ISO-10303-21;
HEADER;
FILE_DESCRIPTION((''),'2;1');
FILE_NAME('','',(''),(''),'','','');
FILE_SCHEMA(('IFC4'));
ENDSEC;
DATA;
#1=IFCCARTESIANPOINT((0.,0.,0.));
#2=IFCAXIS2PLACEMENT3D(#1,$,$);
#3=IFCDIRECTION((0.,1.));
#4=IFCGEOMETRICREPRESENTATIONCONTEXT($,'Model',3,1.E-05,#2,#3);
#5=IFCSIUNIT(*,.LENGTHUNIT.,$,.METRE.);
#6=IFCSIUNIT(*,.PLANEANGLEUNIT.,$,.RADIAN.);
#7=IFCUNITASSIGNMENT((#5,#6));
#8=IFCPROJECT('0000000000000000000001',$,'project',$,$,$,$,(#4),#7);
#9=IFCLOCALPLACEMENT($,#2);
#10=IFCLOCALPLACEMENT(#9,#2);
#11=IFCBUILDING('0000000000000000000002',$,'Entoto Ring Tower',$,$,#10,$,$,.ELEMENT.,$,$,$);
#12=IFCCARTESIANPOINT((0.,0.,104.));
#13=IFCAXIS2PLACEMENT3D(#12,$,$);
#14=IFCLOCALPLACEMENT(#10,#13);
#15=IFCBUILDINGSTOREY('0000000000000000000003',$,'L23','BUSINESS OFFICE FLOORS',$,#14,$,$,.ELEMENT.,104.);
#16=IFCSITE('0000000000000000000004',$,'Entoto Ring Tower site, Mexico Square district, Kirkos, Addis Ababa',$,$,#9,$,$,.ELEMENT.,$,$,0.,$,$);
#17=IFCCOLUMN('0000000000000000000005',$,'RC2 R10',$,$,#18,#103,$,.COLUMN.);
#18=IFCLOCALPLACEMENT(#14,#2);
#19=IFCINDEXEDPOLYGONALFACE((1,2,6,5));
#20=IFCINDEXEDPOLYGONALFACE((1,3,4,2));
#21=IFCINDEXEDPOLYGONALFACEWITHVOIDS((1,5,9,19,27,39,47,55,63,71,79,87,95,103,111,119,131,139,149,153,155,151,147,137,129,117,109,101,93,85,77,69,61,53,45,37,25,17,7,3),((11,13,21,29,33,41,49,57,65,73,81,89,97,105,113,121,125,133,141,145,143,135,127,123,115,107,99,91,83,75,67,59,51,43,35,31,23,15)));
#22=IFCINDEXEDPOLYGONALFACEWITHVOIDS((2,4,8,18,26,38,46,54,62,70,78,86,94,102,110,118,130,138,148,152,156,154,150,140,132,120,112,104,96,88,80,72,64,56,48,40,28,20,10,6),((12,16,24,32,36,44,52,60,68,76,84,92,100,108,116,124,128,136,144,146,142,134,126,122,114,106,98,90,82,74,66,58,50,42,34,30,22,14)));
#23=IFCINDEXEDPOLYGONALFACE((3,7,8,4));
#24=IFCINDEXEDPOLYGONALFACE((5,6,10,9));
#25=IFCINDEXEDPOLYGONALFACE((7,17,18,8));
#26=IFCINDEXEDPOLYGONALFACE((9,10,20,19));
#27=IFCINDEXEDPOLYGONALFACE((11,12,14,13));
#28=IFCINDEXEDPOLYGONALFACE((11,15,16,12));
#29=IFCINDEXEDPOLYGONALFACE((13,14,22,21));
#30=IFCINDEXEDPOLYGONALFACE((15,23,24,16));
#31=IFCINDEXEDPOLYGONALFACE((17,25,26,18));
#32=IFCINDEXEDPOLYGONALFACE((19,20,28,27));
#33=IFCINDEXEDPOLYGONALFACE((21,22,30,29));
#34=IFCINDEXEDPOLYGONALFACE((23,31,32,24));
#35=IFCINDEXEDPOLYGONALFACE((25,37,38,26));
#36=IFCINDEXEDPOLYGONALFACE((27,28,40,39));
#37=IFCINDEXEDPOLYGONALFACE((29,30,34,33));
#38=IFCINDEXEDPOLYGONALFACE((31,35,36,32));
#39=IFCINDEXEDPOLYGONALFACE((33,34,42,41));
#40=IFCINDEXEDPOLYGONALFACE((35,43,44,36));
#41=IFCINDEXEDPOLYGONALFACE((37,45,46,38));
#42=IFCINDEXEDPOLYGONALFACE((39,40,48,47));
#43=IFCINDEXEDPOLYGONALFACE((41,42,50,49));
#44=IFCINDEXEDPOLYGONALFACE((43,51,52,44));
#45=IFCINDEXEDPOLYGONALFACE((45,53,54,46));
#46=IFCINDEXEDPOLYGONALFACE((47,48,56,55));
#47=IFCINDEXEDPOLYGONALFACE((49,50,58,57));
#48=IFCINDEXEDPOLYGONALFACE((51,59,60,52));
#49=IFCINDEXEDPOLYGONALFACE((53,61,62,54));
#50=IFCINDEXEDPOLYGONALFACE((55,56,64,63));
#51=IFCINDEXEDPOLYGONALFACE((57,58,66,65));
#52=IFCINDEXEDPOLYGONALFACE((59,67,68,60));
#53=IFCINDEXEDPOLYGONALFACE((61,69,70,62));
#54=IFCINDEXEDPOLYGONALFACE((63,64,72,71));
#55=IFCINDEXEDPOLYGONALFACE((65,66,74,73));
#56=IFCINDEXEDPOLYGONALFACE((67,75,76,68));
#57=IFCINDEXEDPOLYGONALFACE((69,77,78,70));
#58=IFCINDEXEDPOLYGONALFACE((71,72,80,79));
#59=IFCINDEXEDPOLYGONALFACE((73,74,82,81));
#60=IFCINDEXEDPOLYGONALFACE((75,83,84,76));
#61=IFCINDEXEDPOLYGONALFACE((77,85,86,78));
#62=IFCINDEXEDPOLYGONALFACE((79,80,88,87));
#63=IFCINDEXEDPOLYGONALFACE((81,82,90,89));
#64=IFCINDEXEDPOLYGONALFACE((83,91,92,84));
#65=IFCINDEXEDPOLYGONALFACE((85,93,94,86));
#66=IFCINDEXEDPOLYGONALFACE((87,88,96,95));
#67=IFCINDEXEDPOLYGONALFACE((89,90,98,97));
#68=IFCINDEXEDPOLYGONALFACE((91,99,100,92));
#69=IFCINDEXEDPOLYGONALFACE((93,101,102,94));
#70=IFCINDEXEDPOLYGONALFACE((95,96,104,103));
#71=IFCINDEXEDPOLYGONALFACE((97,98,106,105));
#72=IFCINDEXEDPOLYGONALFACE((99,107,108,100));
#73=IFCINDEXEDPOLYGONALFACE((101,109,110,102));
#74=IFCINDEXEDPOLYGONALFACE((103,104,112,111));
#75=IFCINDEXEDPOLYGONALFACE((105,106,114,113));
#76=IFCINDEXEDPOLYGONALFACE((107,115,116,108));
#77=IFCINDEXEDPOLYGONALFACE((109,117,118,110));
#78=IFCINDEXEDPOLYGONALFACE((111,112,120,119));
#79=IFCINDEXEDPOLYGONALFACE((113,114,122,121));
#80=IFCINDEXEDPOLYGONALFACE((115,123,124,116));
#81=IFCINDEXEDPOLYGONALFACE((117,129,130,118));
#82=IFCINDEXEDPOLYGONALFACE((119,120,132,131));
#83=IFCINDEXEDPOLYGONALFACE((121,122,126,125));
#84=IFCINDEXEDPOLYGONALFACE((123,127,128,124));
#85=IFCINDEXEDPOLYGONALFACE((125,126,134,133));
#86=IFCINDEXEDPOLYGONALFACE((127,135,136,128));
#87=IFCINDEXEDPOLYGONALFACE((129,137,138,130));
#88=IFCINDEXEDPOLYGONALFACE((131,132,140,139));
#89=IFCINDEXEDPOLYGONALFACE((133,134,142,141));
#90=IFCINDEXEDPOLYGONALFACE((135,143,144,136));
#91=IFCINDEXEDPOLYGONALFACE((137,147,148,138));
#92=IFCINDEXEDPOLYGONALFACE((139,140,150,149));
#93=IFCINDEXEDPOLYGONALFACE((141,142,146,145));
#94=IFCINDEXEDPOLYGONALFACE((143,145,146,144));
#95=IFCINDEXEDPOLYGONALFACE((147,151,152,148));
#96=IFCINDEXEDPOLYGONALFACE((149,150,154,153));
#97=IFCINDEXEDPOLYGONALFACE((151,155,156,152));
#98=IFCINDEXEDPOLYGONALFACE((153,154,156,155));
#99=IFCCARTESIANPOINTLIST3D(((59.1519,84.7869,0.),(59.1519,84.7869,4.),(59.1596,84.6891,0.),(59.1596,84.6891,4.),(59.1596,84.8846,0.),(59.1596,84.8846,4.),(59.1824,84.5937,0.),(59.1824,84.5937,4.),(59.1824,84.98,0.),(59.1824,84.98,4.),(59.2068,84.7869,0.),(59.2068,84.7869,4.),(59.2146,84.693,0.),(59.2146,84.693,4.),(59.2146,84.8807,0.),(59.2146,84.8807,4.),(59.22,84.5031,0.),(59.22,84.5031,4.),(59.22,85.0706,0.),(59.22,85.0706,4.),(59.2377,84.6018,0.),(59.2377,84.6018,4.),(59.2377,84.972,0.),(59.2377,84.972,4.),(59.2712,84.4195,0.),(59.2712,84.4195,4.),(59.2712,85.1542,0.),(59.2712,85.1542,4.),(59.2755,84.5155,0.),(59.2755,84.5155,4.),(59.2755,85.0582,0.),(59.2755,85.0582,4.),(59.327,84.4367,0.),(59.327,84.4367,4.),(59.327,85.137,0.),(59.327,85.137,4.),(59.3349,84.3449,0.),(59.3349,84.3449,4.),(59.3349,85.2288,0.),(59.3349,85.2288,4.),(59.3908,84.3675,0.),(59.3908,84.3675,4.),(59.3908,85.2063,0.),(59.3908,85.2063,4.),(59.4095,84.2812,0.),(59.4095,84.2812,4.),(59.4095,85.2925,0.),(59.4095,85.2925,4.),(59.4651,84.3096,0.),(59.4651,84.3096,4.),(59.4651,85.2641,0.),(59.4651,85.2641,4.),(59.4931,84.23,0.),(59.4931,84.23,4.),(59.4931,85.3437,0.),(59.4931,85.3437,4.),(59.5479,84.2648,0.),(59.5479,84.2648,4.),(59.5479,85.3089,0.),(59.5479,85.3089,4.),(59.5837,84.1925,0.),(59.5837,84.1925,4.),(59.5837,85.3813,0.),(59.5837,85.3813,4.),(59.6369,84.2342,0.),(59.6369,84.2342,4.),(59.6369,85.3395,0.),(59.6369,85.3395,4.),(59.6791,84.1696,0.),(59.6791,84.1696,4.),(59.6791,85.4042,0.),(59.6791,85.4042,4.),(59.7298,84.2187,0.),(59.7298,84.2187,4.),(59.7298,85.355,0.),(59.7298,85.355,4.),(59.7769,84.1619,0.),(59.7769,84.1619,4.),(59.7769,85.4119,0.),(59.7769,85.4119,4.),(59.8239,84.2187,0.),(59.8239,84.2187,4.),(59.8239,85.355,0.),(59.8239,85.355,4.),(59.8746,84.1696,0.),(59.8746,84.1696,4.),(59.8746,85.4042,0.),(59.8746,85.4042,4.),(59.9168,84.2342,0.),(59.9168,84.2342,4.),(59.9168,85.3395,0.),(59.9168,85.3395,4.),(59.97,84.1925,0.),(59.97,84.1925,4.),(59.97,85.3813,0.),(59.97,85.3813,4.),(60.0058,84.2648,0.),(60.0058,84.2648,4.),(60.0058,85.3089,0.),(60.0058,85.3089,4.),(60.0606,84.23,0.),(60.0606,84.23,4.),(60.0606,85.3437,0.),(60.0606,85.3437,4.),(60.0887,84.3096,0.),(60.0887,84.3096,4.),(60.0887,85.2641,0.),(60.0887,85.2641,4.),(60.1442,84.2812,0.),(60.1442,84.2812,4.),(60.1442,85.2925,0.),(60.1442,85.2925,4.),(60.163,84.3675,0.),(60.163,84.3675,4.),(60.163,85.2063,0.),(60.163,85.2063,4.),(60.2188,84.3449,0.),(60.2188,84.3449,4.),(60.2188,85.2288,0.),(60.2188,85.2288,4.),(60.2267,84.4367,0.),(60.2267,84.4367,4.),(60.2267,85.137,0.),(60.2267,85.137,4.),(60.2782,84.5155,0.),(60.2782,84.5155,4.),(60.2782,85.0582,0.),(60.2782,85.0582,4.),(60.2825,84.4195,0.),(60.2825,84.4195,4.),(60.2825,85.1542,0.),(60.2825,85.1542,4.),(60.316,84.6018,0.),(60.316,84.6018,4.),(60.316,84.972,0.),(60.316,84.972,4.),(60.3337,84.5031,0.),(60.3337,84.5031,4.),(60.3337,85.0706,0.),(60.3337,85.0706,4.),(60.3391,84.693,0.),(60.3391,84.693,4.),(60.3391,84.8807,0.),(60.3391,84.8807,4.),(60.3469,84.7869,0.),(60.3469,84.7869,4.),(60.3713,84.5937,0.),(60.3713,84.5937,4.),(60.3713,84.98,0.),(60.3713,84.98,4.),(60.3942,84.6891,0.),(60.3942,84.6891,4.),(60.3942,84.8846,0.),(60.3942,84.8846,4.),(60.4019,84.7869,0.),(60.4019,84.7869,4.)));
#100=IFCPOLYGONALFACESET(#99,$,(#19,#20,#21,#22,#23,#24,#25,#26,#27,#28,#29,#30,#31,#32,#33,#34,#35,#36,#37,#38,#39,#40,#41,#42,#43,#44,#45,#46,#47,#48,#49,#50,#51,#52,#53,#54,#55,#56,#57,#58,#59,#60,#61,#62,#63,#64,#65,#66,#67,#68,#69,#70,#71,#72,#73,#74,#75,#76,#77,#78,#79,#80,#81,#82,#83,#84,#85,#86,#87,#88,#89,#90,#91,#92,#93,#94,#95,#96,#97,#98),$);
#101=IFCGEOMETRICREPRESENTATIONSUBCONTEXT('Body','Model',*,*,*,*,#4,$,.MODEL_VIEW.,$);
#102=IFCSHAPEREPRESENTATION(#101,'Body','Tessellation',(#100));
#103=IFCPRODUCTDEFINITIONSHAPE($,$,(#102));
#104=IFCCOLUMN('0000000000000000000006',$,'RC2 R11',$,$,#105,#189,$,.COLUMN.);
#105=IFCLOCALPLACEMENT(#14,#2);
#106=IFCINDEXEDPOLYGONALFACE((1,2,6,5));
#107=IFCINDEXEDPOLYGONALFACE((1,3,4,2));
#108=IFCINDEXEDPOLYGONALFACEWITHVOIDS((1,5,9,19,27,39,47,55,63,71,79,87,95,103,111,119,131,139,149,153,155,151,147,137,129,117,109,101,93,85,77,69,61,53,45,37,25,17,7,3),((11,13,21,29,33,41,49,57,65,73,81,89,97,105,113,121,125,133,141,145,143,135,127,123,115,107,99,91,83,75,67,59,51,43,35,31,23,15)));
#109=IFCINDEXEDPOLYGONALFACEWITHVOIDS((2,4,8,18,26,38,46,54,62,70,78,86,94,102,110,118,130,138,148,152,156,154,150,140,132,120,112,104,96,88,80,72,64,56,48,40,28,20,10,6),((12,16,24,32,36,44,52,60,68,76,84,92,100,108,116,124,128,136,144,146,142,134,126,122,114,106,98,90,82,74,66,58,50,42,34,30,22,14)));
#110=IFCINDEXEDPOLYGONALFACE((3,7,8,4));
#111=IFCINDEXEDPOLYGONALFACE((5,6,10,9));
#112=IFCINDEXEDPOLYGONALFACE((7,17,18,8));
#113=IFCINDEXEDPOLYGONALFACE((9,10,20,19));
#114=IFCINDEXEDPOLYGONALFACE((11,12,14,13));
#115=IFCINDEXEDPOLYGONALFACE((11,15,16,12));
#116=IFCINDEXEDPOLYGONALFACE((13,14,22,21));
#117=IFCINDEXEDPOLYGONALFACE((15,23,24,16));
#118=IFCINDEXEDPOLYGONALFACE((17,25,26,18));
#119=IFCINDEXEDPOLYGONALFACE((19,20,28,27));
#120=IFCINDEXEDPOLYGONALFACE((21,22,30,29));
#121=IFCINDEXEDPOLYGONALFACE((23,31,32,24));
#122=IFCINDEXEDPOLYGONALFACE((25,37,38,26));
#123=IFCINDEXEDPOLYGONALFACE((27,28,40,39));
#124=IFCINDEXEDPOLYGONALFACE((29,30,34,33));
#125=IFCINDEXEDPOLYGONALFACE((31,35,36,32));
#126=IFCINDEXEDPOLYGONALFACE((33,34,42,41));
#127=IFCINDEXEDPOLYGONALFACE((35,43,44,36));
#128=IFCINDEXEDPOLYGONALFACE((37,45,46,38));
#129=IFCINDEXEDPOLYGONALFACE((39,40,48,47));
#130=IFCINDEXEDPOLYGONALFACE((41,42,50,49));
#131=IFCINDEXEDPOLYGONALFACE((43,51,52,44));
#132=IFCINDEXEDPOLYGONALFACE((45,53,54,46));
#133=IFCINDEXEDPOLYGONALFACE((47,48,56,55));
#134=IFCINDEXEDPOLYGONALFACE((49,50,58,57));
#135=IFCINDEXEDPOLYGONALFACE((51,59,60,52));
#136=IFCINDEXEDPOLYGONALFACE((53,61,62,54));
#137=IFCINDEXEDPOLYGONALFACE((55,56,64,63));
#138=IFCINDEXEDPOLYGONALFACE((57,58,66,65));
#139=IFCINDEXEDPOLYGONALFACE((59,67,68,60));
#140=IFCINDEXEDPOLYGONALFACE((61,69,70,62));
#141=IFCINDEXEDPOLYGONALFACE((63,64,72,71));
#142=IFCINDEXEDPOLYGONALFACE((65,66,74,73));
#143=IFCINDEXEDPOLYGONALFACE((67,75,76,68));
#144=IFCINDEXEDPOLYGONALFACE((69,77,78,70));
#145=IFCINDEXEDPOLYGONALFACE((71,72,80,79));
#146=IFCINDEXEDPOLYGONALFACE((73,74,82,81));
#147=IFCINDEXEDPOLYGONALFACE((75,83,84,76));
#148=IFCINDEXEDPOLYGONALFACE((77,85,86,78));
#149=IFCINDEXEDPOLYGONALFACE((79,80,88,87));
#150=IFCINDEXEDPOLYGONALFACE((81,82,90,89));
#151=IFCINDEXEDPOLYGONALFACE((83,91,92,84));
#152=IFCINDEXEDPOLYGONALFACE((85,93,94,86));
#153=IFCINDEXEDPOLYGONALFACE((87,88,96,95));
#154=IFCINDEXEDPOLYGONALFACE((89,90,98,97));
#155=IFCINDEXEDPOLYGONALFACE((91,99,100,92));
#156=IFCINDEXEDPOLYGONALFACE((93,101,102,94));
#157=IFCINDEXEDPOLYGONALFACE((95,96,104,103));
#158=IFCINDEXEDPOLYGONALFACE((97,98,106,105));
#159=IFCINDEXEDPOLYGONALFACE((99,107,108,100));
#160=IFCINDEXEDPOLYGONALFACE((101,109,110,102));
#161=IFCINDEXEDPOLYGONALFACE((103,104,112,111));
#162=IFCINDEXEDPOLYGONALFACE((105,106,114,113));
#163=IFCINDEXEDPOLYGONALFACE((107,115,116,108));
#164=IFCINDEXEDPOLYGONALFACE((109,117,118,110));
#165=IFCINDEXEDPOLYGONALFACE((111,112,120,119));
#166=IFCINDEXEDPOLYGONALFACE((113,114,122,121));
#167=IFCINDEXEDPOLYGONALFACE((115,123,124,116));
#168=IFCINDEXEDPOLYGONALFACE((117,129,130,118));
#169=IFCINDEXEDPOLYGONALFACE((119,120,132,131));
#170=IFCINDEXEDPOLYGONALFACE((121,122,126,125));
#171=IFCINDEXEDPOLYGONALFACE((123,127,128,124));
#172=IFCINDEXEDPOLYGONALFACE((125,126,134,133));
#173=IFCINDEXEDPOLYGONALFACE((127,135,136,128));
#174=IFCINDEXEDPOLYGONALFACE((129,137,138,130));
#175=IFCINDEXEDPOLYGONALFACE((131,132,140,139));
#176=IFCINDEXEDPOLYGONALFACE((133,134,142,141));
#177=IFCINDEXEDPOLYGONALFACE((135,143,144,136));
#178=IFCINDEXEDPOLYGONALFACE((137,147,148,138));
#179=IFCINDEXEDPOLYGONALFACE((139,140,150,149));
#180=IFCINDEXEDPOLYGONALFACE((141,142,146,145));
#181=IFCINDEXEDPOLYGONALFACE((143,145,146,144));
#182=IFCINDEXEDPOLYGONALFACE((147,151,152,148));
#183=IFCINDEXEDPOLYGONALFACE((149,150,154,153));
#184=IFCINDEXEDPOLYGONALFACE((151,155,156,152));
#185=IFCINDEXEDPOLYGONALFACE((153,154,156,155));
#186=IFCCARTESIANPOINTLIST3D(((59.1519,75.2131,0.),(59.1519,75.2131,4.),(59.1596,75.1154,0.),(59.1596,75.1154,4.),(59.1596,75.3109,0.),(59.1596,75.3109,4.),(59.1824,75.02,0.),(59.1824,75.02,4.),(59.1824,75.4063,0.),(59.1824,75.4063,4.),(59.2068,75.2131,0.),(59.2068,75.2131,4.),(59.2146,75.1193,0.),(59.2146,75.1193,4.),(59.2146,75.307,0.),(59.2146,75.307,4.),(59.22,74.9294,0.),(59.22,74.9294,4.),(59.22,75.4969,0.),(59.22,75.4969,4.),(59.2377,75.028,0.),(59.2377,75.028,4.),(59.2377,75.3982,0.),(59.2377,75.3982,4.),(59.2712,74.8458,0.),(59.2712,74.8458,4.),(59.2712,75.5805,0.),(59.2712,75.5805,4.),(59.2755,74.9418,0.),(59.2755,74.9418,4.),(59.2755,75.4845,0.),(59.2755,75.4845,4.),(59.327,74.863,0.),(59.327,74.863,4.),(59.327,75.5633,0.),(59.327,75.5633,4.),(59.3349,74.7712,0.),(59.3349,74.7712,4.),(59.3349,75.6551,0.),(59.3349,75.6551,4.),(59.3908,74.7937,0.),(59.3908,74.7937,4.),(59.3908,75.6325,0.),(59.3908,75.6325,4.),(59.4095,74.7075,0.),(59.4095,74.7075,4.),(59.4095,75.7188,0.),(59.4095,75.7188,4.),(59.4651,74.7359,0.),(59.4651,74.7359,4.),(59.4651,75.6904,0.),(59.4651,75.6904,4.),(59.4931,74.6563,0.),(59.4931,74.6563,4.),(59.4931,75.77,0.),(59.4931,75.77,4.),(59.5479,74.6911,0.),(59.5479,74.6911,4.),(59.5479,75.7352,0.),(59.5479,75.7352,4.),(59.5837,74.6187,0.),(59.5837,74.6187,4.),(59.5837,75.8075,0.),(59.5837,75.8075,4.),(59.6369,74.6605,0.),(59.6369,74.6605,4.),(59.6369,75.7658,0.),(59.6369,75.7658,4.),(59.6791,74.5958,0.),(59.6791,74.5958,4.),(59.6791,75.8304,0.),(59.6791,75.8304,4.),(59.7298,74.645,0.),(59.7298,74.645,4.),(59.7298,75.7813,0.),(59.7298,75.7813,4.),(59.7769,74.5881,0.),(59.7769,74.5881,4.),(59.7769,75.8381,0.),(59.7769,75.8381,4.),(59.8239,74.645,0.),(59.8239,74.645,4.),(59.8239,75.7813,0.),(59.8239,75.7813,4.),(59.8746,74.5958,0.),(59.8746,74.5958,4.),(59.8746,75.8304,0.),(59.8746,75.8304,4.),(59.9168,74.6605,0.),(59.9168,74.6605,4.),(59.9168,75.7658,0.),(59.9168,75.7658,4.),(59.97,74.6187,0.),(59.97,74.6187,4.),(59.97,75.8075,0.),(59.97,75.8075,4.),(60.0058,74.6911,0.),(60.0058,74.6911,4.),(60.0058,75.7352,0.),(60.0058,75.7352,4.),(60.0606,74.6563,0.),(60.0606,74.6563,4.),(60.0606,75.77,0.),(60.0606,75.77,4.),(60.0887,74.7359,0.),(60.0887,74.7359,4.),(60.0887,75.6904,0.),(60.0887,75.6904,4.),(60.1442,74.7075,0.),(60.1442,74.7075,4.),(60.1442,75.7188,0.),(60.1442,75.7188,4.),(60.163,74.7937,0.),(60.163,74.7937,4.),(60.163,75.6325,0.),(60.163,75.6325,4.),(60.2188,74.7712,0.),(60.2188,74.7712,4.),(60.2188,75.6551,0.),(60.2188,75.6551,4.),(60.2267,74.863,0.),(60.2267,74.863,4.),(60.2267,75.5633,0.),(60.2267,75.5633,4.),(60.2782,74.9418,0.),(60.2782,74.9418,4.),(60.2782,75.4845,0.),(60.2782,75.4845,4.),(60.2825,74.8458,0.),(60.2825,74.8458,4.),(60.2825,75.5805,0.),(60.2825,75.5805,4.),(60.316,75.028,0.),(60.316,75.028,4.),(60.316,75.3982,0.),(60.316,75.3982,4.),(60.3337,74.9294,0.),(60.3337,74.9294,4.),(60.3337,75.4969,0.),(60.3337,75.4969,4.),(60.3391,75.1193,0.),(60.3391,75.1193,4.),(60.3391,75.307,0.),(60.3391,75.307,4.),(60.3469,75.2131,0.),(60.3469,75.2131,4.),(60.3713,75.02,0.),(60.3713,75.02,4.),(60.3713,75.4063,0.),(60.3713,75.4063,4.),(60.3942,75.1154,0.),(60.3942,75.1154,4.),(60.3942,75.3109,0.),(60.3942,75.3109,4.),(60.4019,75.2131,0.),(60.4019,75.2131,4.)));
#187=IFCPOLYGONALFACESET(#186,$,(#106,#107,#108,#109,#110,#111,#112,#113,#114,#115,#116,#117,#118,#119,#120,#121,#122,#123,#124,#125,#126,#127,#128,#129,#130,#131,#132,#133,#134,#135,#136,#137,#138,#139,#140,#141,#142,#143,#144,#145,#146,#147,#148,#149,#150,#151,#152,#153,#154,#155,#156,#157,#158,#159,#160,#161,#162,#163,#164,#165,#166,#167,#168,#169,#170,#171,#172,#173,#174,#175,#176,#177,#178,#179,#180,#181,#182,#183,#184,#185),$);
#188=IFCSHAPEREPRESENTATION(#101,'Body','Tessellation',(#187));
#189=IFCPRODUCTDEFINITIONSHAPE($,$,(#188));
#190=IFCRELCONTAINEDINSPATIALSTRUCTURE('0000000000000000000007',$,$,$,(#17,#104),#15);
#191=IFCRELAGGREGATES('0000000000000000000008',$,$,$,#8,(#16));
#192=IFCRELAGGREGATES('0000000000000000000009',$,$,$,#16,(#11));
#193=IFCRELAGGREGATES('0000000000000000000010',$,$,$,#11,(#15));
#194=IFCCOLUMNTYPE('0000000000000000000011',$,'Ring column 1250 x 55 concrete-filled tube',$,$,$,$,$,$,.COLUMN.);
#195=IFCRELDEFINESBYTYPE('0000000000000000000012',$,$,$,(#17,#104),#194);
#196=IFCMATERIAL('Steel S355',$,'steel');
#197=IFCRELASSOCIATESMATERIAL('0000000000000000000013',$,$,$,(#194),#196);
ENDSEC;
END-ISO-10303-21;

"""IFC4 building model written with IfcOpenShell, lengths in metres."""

from ifc_helpers import new_model, si_unit, direction, frame, origin, origin_2d, place, context, subcontext, project, spatial, circle, hollow_circle, extrude, material, material_profile, profile_set, type_object, element, save


model = new_model("IFC4")

# Units and contexts
model_context = context("Model", 3, precision=1e-05, world=origin(), true_north=direction((0.0, 1.0)))
body_context = subcontext(model_context, "Body", "Model", "MODEL_VIEW")
ifc_project = project(units=[si_unit("LENGTHUNIT", "METRE"), si_unit("PLANEANGLEUNIT", "RADIAN")], contexts=[model_context])

# Site, building, storey
site_placement = place(None, origin())
site = spatial("IfcSite", under=ifc_project, at=site_placement, Name="Entoto Ring Tower site, Mexico Square district, Kirkos, Addis Ababa", CompositionType="ELEMENT", RefElevation=0.0)
building_placement = place(site_placement, origin())
building = spatial("IfcBuilding", under=site, at=building_placement, Name="Entoto Ring Tower", CompositionType="ELEMENT")
storey_placement = place(building_placement, frame((0.0, 0.0, 104.0)))
storey = spatial("IfcBuildingStorey", under=building, at=storey_placement, Name="L23", Description="BUSINESS OFFICE FLOORS", CompositionType="ELEMENT", Elevation=104.0)

# Columns
ifc_material_1 = material(Name="Steel S355", Category="steel")
ifc_material_profile_1 = material_profile(ifc_material_1, hollow_circle(Radius=0.625, WallThickness=0.0549, at=origin_2d()), Name="CHS 1250 x 55")
ifc_material_2 = material(Name="Concrete C60/75", Category="concrete")
ifc_material_profile_2 = material_profile(ifc_material_2, circle(Radius=0.5701, at=origin_2d()), Name="Concrete C60/75 infill")
ifc_profile_set_1 = profile_set([ifc_material_profile_1, ifc_material_profile_2], Name="Steel S355")
column_type = type_object("IfcColumnType", Name="Ring column 1250 x 55 concrete-filled tube", PredefinedType="COLUMN", material=ifc_profile_set_1)
for number, where, z_axis, x_axis, name in (
    (1, (59.7769, 84.7869, 0.0), (0.0, 0.0, 1.0), (1.0, 0.0, 0.0), "RC2 R10"),
    (2, (59.7769, 75.2131, 0.0), (0.0, 0.0, 1.0), (1.0, 0.0, 0.0), "RC2 R11"),
):
    element("IfcColumn", number, at=place(storey_placement, frame(where, z_axis=z_axis, x_axis=x_axis)), inside=storey, type_object=column_type, Name=name, PredefinedType="COLUMN", context=body_context, shape_type="SweptSolid", body=[
        extrude(hollow_circle(Radius=0.625, WallThickness=0.0549, at=origin_2d()), origin(), (0.0, 0.0, 1.0), 4.0),
    ])

save(model, "model.ifc")
